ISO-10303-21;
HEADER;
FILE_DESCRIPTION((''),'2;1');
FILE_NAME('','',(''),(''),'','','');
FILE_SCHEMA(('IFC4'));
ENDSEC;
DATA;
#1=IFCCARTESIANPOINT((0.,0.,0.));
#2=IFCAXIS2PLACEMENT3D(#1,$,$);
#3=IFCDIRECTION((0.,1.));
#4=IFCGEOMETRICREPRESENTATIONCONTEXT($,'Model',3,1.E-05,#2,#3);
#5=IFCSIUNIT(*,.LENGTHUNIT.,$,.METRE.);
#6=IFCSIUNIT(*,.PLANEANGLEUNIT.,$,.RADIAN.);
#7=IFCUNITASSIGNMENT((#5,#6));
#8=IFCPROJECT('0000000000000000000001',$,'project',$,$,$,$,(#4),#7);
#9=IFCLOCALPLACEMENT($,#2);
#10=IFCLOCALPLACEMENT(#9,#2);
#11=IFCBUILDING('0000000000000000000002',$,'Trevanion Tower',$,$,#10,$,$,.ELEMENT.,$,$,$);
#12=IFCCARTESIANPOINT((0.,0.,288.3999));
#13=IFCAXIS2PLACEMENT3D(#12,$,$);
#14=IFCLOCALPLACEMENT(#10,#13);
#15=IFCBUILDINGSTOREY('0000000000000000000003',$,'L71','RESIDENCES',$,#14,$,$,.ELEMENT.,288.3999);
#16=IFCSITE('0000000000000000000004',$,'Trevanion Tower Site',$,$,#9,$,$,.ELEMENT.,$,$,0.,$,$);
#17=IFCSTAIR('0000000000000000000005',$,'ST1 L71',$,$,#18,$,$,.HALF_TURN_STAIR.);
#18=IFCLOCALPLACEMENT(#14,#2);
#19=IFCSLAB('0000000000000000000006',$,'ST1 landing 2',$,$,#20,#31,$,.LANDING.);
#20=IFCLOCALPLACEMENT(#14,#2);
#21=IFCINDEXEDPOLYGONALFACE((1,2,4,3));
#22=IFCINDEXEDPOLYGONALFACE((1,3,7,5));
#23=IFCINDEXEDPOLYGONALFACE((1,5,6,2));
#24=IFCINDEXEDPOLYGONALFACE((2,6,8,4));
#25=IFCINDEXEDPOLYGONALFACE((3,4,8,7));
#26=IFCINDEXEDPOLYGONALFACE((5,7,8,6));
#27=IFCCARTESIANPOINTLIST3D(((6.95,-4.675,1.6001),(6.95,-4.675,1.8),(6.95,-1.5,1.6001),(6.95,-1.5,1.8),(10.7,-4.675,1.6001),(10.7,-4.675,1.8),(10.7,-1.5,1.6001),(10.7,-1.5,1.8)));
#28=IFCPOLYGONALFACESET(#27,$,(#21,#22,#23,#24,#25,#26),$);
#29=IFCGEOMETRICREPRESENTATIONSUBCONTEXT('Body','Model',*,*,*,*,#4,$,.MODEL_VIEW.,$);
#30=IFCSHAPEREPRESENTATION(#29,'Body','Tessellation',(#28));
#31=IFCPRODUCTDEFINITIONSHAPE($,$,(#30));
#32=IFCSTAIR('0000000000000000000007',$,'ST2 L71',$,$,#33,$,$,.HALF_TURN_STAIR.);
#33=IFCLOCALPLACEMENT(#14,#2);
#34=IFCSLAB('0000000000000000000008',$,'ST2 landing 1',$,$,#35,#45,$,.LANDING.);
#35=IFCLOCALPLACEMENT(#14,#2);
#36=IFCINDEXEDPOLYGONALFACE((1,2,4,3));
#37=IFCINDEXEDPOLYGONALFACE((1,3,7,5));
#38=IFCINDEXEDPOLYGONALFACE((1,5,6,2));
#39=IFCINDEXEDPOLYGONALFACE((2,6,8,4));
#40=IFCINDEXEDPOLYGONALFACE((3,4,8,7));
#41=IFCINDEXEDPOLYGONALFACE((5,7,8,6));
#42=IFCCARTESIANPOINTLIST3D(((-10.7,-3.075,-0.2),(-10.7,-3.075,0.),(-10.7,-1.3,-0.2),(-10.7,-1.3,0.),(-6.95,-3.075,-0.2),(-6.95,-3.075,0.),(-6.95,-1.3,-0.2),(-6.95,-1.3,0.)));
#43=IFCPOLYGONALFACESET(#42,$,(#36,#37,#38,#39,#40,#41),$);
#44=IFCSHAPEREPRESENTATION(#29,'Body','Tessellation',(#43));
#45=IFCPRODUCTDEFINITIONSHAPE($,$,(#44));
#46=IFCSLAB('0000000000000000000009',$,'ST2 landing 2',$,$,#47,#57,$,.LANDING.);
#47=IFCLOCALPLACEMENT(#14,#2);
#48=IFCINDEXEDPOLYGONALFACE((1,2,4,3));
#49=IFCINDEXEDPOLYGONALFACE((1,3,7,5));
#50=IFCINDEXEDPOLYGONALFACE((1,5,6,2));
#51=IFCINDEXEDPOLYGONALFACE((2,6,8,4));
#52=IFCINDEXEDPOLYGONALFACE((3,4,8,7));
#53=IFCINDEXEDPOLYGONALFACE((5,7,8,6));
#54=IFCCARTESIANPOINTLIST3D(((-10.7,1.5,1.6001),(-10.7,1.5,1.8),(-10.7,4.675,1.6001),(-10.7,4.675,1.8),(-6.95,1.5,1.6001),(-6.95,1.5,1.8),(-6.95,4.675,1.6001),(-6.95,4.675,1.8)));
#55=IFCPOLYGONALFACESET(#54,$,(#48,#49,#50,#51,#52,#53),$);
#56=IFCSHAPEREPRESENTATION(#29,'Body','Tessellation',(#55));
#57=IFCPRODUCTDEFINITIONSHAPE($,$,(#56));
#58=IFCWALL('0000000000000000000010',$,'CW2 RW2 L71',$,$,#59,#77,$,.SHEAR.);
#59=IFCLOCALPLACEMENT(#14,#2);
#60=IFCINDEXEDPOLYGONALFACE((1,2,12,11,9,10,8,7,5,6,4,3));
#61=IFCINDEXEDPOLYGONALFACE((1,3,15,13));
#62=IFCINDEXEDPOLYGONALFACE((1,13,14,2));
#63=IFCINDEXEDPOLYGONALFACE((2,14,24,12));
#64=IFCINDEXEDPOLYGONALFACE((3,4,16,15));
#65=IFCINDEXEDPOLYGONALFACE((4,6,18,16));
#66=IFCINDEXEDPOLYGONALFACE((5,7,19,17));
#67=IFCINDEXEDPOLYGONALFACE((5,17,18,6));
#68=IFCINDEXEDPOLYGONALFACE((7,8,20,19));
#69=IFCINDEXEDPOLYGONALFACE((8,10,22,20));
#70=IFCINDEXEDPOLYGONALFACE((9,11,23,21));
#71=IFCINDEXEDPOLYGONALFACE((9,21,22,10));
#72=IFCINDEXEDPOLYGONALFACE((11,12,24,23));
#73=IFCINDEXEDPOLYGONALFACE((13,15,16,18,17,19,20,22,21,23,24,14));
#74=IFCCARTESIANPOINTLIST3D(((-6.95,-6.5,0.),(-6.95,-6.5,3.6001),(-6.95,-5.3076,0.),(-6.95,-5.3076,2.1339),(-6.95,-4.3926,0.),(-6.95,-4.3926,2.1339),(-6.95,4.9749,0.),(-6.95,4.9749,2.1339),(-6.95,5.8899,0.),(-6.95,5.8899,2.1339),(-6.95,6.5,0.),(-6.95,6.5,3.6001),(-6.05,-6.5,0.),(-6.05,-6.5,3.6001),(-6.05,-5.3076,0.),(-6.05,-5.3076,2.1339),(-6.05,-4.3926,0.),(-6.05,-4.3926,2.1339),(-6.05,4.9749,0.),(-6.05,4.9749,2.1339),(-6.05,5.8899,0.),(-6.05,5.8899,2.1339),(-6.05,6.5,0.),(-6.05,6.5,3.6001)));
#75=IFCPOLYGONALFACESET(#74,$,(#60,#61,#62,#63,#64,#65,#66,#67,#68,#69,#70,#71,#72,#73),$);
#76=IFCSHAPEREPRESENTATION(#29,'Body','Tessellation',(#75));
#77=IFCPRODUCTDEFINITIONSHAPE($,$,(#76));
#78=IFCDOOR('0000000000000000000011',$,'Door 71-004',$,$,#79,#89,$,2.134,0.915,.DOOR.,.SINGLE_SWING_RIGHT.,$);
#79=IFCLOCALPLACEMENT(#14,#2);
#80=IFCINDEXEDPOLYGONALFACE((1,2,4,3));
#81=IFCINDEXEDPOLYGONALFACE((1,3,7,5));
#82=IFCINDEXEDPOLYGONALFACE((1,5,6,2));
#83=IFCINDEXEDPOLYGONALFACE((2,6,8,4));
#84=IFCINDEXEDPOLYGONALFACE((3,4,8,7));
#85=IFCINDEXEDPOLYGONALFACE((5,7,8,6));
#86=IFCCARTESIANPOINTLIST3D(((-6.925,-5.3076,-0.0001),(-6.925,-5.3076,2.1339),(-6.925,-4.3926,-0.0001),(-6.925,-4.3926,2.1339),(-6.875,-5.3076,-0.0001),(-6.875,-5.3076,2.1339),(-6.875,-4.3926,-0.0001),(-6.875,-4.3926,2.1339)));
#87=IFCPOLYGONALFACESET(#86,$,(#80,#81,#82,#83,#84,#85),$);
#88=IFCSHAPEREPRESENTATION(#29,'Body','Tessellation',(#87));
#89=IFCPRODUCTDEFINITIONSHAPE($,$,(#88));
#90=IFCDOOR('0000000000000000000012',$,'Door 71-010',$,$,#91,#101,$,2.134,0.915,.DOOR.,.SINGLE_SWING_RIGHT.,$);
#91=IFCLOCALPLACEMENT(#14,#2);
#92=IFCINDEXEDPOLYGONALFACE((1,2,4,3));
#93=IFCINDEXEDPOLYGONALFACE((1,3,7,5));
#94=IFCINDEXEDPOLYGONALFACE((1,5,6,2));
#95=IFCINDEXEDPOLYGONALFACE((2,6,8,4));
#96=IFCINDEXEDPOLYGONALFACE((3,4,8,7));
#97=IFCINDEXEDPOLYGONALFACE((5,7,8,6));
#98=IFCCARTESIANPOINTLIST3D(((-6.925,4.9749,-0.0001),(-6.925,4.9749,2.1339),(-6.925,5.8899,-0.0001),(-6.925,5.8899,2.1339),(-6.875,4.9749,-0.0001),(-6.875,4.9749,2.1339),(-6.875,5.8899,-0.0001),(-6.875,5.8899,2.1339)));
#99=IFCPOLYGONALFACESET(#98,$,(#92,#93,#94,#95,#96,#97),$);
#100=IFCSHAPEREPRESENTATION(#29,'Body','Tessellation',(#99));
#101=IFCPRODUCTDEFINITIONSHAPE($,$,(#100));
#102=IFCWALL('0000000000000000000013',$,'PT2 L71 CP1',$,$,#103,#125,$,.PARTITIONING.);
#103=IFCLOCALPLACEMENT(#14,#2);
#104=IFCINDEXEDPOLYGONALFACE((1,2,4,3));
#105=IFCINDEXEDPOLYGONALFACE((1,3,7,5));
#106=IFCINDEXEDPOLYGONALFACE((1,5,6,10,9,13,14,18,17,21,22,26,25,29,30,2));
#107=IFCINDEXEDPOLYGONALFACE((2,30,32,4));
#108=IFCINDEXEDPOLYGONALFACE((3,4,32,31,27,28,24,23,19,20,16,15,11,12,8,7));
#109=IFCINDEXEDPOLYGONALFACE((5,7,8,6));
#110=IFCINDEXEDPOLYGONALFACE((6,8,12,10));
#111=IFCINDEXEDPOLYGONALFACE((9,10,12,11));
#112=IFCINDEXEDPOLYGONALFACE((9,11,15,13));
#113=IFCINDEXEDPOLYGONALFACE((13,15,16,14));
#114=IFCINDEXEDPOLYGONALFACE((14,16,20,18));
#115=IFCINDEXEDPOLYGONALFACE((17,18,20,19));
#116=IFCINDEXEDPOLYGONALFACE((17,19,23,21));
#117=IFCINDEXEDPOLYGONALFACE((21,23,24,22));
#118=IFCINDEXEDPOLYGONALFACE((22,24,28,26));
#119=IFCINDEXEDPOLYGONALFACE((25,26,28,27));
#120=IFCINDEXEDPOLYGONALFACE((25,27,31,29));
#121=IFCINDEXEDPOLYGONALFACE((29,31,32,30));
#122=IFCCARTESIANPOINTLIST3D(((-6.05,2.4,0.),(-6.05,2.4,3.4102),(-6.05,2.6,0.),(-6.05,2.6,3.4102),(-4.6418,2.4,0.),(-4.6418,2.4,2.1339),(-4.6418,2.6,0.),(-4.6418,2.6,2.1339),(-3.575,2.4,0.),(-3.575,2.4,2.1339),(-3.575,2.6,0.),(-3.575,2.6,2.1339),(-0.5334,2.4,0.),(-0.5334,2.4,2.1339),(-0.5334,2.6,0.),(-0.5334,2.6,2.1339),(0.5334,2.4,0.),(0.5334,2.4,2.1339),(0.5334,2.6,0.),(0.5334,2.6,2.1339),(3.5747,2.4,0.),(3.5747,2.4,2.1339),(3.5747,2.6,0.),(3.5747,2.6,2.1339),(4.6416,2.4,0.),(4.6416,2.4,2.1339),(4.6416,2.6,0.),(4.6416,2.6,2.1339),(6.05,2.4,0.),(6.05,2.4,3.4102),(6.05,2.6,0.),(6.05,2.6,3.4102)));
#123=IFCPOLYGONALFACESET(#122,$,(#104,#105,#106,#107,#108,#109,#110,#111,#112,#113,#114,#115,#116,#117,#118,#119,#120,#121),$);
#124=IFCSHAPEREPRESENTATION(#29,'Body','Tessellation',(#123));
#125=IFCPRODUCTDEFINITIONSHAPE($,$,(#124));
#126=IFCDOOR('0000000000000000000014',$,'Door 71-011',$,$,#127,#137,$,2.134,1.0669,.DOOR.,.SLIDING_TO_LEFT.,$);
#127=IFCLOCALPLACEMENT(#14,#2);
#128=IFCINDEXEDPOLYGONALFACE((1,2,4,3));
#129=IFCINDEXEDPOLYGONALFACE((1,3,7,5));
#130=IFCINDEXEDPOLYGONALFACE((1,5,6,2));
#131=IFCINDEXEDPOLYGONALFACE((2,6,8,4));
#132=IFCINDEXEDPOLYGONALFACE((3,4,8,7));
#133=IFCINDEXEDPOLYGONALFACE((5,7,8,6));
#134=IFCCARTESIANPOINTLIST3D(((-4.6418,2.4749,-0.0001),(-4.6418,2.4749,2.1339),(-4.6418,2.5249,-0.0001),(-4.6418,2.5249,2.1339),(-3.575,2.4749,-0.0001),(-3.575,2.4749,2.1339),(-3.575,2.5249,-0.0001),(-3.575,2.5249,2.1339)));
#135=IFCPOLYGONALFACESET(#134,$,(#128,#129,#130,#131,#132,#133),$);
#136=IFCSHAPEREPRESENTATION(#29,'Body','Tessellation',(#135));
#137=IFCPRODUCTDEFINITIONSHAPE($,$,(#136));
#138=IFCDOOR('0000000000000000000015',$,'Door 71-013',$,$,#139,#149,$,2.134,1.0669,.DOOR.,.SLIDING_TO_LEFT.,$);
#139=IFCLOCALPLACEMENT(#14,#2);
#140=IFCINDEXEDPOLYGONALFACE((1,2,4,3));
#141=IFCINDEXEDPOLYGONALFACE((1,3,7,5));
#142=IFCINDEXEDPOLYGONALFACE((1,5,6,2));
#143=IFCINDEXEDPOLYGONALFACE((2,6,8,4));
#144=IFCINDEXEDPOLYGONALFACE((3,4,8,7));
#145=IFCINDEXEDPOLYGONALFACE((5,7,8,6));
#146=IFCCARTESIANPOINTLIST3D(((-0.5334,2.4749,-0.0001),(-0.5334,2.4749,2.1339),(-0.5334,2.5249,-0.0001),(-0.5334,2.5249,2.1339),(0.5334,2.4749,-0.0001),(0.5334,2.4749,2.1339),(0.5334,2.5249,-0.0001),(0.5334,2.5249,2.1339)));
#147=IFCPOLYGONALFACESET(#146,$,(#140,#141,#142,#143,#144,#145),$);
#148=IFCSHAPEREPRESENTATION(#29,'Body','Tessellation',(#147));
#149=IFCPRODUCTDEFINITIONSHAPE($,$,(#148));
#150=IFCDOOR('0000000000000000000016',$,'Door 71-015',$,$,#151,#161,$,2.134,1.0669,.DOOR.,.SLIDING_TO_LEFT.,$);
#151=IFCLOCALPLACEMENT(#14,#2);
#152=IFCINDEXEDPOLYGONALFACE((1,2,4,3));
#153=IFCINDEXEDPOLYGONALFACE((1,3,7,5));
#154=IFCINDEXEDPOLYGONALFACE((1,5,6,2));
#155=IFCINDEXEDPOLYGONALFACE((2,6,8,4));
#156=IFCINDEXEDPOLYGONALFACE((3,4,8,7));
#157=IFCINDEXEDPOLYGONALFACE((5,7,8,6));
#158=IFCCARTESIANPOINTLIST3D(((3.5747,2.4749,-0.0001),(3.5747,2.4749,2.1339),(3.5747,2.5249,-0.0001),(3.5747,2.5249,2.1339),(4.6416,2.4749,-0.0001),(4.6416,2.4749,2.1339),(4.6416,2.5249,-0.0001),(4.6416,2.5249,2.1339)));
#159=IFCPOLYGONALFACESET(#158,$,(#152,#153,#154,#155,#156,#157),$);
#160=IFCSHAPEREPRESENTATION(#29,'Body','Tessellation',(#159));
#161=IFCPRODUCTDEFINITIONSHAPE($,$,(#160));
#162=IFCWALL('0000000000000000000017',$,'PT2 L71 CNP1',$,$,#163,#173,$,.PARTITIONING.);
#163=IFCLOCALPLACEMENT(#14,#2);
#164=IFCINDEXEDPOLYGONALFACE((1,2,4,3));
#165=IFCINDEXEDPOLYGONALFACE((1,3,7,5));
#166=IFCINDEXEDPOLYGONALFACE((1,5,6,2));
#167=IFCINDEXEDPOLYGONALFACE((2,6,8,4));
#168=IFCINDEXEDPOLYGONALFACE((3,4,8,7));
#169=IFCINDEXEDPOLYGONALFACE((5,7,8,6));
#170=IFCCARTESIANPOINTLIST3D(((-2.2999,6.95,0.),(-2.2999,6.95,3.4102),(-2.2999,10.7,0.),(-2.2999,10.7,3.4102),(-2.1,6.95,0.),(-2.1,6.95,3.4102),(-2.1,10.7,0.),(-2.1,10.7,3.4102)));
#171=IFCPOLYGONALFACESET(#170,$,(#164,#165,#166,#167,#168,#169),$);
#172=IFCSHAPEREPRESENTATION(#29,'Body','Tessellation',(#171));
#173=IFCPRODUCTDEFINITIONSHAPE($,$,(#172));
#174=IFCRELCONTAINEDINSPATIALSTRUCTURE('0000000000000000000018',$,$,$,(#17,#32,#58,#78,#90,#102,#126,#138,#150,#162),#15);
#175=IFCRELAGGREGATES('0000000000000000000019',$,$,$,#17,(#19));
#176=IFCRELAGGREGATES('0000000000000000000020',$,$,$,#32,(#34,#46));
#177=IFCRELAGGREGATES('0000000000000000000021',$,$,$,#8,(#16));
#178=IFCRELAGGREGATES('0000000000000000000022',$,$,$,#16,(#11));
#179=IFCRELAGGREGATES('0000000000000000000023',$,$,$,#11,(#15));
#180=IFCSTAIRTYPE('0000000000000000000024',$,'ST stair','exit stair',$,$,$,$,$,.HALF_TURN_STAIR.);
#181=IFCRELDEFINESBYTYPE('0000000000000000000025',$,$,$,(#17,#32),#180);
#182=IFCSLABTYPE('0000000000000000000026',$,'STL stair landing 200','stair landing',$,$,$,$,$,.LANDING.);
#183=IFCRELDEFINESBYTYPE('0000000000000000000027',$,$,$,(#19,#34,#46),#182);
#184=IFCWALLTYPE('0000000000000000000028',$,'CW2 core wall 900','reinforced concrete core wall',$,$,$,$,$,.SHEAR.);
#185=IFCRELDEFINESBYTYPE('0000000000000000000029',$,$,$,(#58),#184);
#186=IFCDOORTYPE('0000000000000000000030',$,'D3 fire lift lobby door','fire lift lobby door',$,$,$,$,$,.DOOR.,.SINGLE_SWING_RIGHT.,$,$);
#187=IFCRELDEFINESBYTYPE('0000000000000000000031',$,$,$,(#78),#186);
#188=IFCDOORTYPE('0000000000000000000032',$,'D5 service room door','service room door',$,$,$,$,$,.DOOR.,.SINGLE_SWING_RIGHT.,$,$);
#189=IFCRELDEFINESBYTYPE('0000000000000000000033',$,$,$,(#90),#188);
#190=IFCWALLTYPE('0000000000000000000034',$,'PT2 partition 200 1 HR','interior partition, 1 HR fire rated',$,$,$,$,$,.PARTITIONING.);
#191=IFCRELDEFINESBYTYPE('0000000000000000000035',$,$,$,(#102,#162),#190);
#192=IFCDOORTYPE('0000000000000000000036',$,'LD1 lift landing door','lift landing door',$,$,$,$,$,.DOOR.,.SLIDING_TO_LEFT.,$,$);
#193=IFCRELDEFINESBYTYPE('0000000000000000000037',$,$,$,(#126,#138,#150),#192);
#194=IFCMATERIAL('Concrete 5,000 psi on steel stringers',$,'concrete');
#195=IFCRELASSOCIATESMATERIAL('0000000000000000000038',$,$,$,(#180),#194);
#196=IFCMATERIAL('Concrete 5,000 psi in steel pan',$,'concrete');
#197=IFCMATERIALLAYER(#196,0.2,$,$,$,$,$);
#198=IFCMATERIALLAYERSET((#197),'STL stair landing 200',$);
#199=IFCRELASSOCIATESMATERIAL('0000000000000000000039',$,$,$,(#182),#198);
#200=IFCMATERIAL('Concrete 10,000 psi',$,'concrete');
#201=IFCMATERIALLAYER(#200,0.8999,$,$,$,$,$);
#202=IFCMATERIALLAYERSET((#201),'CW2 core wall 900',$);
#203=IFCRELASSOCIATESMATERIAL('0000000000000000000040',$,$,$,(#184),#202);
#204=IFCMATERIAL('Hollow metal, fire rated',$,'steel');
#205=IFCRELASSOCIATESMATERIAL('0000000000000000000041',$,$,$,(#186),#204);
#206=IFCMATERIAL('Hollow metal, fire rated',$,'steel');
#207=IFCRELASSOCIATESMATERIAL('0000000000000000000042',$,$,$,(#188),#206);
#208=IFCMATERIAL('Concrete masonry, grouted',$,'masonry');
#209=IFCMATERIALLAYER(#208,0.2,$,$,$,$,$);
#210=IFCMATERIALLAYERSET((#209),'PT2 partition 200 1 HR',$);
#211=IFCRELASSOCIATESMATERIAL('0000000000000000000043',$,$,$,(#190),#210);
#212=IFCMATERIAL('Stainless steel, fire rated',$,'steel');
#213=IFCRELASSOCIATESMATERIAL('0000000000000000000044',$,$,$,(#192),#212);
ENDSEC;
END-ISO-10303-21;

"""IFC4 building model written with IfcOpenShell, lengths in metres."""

from ifc_helpers import new_model, si_unit, direction, frame, frame_2d, origin, place, context, subcontext, project, spatial, polyline, rectangle, outline, extrude, material, layer, layer_set, type_object, element, fill, aggregate, save


model = new_model("IFC4")

# Units and contexts
model_context = context("Model", 3, precision=1e-05, world=origin(), true_north=direction((0.0, 1.0)))
body_context = subcontext(model_context, "Body", "Model", "MODEL_VIEW")
ifc_project = project(units=[si_unit("LENGTHUNIT", "METRE"), si_unit("PLANEANGLEUNIT", "RADIAN")], contexts=[model_context])

# Site, building, storey
site_placement = place(None, origin())
site = spatial("IfcSite", under=ifc_project, at=site_placement, Name="Trevanion Tower Site", CompositionType="ELEMENT", RefElevation=0.0)
building_placement = place(site_placement, origin())
building = spatial("IfcBuilding", under=site, at=building_placement, Name="Trevanion Tower", CompositionType="ELEMENT")
storey_placement = place(building_placement, frame((0.0, 0.0, 288.3999)))
storey = spatial("IfcBuildingStorey", under=building, at=storey_placement, Name="L71", Description="RESIDENCES", CompositionType="ELEMENT", Elevation=288.3999)

# Stairs, slabs
ifc_material_1 = material(Name="Concrete 5,000 psi on steel stringers", Category="concrete")
stair_type = type_object("IfcStairType", Name="ST stair", Description="exit stair", PredefinedType="HALF_TURN_STAIR", material=ifc_material_1)
stair_1_placement = place(storey_placement, origin())
stair_1 = element("IfcStair", 1, at=stair_1_placement, inside=storey, type_object=stair_type, Name="ST1 L71", PredefinedType="HALF_TURN_STAIR")
ifc_material_2 = material(Name="Concrete 5,000 psi in steel pan", Category="concrete")
ifc_layer_1 = layer(ifc_material_2, 0.2)
ifc_layer_set_1 = layer_set([ifc_layer_1], Name="STL stair landing 200")
slab_type_1 = type_object("IfcSlabType", Name="STL stair landing 200", Description="stair landing", PredefinedType="LANDING", material=ifc_layer_set_1)
slab_1_placement = place(storey_placement, frame((0.0, 0.0, 1.6001)))
slab_1 = element("IfcSlab", 2, at=slab_1_placement, type_object=slab_type_1, Name="ST1 landing 2", PredefinedType="LANDING", context=body_context, shape_type="SweptSolid", body=[
    extrude(outline(polyline([(6.95, -4.675), (10.7, -4.675), (10.7, -1.5), (6.95, -1.5), (6.95, -4.675)])), origin(), (0.0, 0.0, 1.0), 0.2),
])
aggregate(stair_1, [slab_1])
stair_2_placement = place(storey_placement, origin())
stair_2 = element("IfcStair", 3, at=stair_2_placement, inside=storey, type_object=stair_type, Name="ST2 L71", PredefinedType="HALF_TURN_STAIR")
slab_2_placement = place(storey_placement, frame((0.0, 0.0, -0.2)))
slab_2 = element("IfcSlab", 4, at=slab_2_placement, type_object=slab_type_1, Name="ST2 landing 1", PredefinedType="LANDING", context=body_context, shape_type="SweptSolid", body=[
    extrude(outline(polyline([(-6.95, -1.3), (-10.7, -1.3), (-10.7, -3.075), (-6.95, -3.075), (-6.95, -1.3)])), origin(), (0.0, 0.0, 1.0), 0.2),
])
slab_3_placement = place(storey_placement, frame((0.0, 0.0, 1.6001)))
slab_3 = element("IfcSlab", 5, at=slab_3_placement, type_object=slab_type_1, Name="ST2 landing 2", PredefinedType="LANDING", context=body_context, shape_type="SweptSolid", body=[
    extrude(outline(polyline([(-6.95, 4.675), (-10.7, 4.675), (-10.7, 1.5), (-6.95, 1.5), (-6.95, 4.675)])), origin(), (0.0, 0.0, 1.0), 0.2),
])
aggregate(stair_2, [slab_2, slab_3])

# Walls, openings, doors
ifc_material_3 = material(Name="Concrete 10,000 psi", Category="concrete")
ifc_layer_2 = layer(ifc_material_3, 0.8999)
ifc_layer_set_2 = layer_set([ifc_layer_2], Name="CW2 core wall 900")
wall_type_1 = type_object("IfcWallType", Name="CW2 core wall 900", Description="reinforced concrete core wall", PredefinedType="SHEAR", material=ifc_layer_set_2)
wall_1_placement = place(storey_placement, frame((-6.5, 6.5, 0.0), z_axis=(0.0, 0.0, 1.0), x_axis=(0.0, -1.0, 0.0)))
wall_1 = element("IfcWall", 6, at=wall_1_placement, inside=storey, type_object=wall_type_1, Name="CW2 RW2 L71", PredefinedType="SHEAR", context=body_context, shape_type="SweptSolid", body=[
    extrude(rectangle(XDim=13.0, YDim=0.8999, at=frame_2d((6.5, 0.0))), origin(), (0.0, 0.0, 1.0), 3.6001),
])
opening_1_placement = place(wall_1_placement, frame((10.8926, 0.0, 0.0)))
opening_1 = element("IfcOpeningElement", 7, at=opening_1_placement, cuts=wall_1, PredefinedType="OPENING", context=body_context, shape_type="SweptSolid", body=[
    extrude(rectangle(XDim=0.915, YDim=2.134, at=frame_2d((0.4575, 1.0669))), frame((0.0, 0.46, 0.0), z_axis=(0.0, -1.0, 0.0), x_axis=(1.0, 0.0, 0.0)), (0.0, 0.0, 1.0), 0.9199),
])
opening_2_placement = place(wall_1_placement, frame((0.6101, 0.0, 0.0)))
opening_2 = element("IfcOpeningElement", 8, at=opening_2_placement, cuts=wall_1, PredefinedType="OPENING", context=body_context, shape_type="SweptSolid", body=[
    extrude(rectangle(XDim=0.915, YDim=2.134, at=frame_2d((0.4575, 1.0669))), frame((0.0, 0.46, 0.0), z_axis=(0.0, -1.0, 0.0), x_axis=(1.0, 0.0, 0.0)), (0.0, 0.0, 1.0), 0.9199),
])
ifc_material_4 = material(Name="Hollow metal, fire rated", Category="steel")
door_type_1 = type_object("IfcDoorType", Name="D3 fire lift lobby door", Description="fire lift lobby door", OperationType="SINGLE_SWING_RIGHT", PredefinedType="DOOR", material=ifc_material_4)
door_1_placement = place(opening_1_placement, origin())
door_1 = element("IfcDoor", 9, at=door_1_placement, inside=storey, type_object=door_type_1, Name="Door 71-004", OperationType="SINGLE_SWING_RIGHT", OverallHeight=2.134, OverallWidth=0.915, PredefinedType="DOOR", context=body_context, shape_type="SweptSolid", body=[
    extrude(rectangle(XDim=0.915, YDim=2.134, at=frame_2d((0.4575, 1.0669))), frame((0.0, -0.375, 0.0), z_axis=(0.0, -1.0, 0.0), x_axis=(1.0, 0.0, 0.0)), (0.0, 0.0, 1.0), 0.05),
])
fill(opening_1, door_1)
ifc_material_5 = material(Name="Hollow metal, fire rated", Category="steel")
door_type_2 = type_object("IfcDoorType", Name="D5 service room door", Description="service room door", OperationType="SINGLE_SWING_RIGHT", PredefinedType="DOOR", material=ifc_material_5)
door_2_placement = place(opening_2_placement, origin())
door_2 = element("IfcDoor", 10, at=door_2_placement, inside=storey, type_object=door_type_2, Name="Door 71-010", OperationType="SINGLE_SWING_RIGHT", OverallHeight=2.134, OverallWidth=0.915, PredefinedType="DOOR", context=body_context, shape_type="SweptSolid", body=[
    extrude(rectangle(XDim=0.915, YDim=2.134, at=frame_2d((0.4575, 1.0669))), frame((0.0, -0.375, 0.0), z_axis=(0.0, -1.0, 0.0), x_axis=(1.0, 0.0, 0.0)), (0.0, 0.0, 1.0), 0.05),
])
fill(opening_2, door_2)
ifc_material_6 = material(Name="Concrete masonry, grouted", Category="masonry")
ifc_layer_3 = layer(ifc_material_6, 0.2)
ifc_layer_set_3 = layer_set([ifc_layer_3], Name="PT2 partition 200 1 HR")
wall_type_2 = type_object("IfcWallType", Name="PT2 partition 200 1 HR", Description="interior partition, 1 HR fire rated", PredefinedType="PARTITIONING", material=ifc_layer_set_3)
wall_2_placement = place(storey_placement, frame((-6.05, 2.5, 0.0), z_axis=(0.0, 0.0, 1.0), x_axis=(1.0, 0.0, 0.0)))
wall_2 = element("IfcWall", 11, at=wall_2_placement, inside=storey, type_object=wall_type_2, Name="PT2 L71 CP1", PredefinedType="PARTITIONING", context=body_context, shape_type="SweptSolid", body=[
    extrude(rectangle(XDim=12.1001, YDim=0.2, at=frame_2d((6.05, 0.0))), origin(), (0.0, 0.0, 1.0), 3.4102),
])
opening_3_placement = place(wall_2_placement, frame((1.4082, 0.0, 0.0)))
opening_3 = element("IfcOpeningElement", 12, at=opening_3_placement, cuts=wall_2, PredefinedType="OPENING", context=body_context, shape_type="SweptSolid", body=[
    extrude(rectangle(XDim=1.0669, YDim=2.134, at=frame_2d((0.5334, 1.0669))), frame((0.0, 0.1099, 0.0), z_axis=(0.0, -1.0, 0.0), x_axis=(1.0, 0.0, 0.0)), (0.0, 0.0, 1.0), 0.22),
])
opening_4_placement = place(wall_2_placement, frame((5.5166, 0.0, 0.0)))
opening_4 = element("IfcOpeningElement", 13, at=opening_4_placement, cuts=wall_2, PredefinedType="OPENING", context=body_context, shape_type="SweptSolid", body=[
    extrude(rectangle(XDim=1.0669, YDim=2.134, at=frame_2d((0.5334, 1.0669))), frame((0.0, 0.1099, 0.0), z_axis=(0.0, -1.0, 0.0), x_axis=(1.0, 0.0, 0.0)), (0.0, 0.0, 1.0), 0.22),
])
opening_5_placement = place(wall_2_placement, frame((9.6248, 0.0, 0.0)))
opening_5 = element("IfcOpeningElement", 14, at=opening_5_placement, cuts=wall_2, PredefinedType="OPENING", context=body_context, shape_type="SweptSolid", body=[
    extrude(rectangle(XDim=1.0669, YDim=2.134, at=frame_2d((0.5334, 1.0669))), frame((0.0, 0.1099, 0.0), z_axis=(0.0, -1.0, 0.0), x_axis=(1.0, 0.0, 0.0)), (0.0, 0.0, 1.0), 0.22),
])
ifc_material_7 = material(Name="Stainless steel, fire rated", Category="steel")
door_type_3 = type_object("IfcDoorType", Name="LD1 lift landing door", Description="lift landing door", OperationType="SLIDING_TO_LEFT", PredefinedType="DOOR", material=ifc_material_7)
door_3_placement = place(opening_3_placement, origin())
door_3 = element("IfcDoor", 15, at=door_3_placement, inside=storey, type_object=door_type_3, Name="Door 71-011", OperationType="SLIDING_TO_LEFT", OverallHeight=2.134, OverallWidth=1.0669, PredefinedType="DOOR", context=body_context, shape_type="SweptSolid", body=[
    extrude(rectangle(XDim=1.0669, YDim=2.134, at=frame_2d((0.5334, 1.0669))), frame((0.0, 0.0249, 0.0), z_axis=(0.0, -1.0, 0.0), x_axis=(1.0, 0.0, 0.0)), (0.0, 0.0, 1.0), 0.05),
])
fill(opening_3, door_3)
door_4_placement = place(opening_4_placement, origin())
door_4 = element("IfcDoor", 16, at=door_4_placement, inside=storey, type_object=door_type_3, Name="Door 71-013", OperationType="SLIDING_TO_LEFT", OverallHeight=2.134, OverallWidth=1.0669, PredefinedType="DOOR", context=body_context, shape_type="SweptSolid", body=[
    extrude(rectangle(XDim=1.0669, YDim=2.134, at=frame_2d((0.5334, 1.0669))), frame((0.0, 0.0249, 0.0), z_axis=(0.0, -1.0, 0.0), x_axis=(1.0, 0.0, 0.0)), (0.0, 0.0, 1.0), 0.05),
])
fill(opening_4, door_4)
door_5_placement = place(opening_5_placement, origin())
door_5 = element("IfcDoor", 17, at=door_5_placement, inside=storey, type_object=door_type_3, Name="Door 71-015", OperationType="SLIDING_TO_LEFT", OverallHeight=2.134, OverallWidth=1.0669, PredefinedType="DOOR", context=body_context, shape_type="SweptSolid", body=[
    extrude(rectangle(XDim=1.0669, YDim=2.134, at=frame_2d((0.5334, 1.0669))), frame((0.0, 0.0249, 0.0), z_axis=(0.0, -1.0, 0.0), x_axis=(1.0, 0.0, 0.0)), (0.0, 0.0, 1.0), 0.05),
])
fill(opening_5, door_5)

# Wall
wall_3_placement = place(storey_placement, frame((-2.2, 6.95, 0.0), z_axis=(0.0, 0.0, 1.0), x_axis=(0.0, 1.0, 0.0)))
element("IfcWall", 18, at=wall_3_placement, inside=storey, type_object=wall_type_2, Name="PT2 L71 CNP1", PredefinedType="PARTITIONING", context=body_context, shape_type="SweptSolid", body=[
    extrude(rectangle(XDim=3.75, YDim=0.2, at=frame_2d((1.875, 0.0))), origin(), (0.0, 0.0, 1.0), 3.4102),
])

save(model, "model.ifc")
